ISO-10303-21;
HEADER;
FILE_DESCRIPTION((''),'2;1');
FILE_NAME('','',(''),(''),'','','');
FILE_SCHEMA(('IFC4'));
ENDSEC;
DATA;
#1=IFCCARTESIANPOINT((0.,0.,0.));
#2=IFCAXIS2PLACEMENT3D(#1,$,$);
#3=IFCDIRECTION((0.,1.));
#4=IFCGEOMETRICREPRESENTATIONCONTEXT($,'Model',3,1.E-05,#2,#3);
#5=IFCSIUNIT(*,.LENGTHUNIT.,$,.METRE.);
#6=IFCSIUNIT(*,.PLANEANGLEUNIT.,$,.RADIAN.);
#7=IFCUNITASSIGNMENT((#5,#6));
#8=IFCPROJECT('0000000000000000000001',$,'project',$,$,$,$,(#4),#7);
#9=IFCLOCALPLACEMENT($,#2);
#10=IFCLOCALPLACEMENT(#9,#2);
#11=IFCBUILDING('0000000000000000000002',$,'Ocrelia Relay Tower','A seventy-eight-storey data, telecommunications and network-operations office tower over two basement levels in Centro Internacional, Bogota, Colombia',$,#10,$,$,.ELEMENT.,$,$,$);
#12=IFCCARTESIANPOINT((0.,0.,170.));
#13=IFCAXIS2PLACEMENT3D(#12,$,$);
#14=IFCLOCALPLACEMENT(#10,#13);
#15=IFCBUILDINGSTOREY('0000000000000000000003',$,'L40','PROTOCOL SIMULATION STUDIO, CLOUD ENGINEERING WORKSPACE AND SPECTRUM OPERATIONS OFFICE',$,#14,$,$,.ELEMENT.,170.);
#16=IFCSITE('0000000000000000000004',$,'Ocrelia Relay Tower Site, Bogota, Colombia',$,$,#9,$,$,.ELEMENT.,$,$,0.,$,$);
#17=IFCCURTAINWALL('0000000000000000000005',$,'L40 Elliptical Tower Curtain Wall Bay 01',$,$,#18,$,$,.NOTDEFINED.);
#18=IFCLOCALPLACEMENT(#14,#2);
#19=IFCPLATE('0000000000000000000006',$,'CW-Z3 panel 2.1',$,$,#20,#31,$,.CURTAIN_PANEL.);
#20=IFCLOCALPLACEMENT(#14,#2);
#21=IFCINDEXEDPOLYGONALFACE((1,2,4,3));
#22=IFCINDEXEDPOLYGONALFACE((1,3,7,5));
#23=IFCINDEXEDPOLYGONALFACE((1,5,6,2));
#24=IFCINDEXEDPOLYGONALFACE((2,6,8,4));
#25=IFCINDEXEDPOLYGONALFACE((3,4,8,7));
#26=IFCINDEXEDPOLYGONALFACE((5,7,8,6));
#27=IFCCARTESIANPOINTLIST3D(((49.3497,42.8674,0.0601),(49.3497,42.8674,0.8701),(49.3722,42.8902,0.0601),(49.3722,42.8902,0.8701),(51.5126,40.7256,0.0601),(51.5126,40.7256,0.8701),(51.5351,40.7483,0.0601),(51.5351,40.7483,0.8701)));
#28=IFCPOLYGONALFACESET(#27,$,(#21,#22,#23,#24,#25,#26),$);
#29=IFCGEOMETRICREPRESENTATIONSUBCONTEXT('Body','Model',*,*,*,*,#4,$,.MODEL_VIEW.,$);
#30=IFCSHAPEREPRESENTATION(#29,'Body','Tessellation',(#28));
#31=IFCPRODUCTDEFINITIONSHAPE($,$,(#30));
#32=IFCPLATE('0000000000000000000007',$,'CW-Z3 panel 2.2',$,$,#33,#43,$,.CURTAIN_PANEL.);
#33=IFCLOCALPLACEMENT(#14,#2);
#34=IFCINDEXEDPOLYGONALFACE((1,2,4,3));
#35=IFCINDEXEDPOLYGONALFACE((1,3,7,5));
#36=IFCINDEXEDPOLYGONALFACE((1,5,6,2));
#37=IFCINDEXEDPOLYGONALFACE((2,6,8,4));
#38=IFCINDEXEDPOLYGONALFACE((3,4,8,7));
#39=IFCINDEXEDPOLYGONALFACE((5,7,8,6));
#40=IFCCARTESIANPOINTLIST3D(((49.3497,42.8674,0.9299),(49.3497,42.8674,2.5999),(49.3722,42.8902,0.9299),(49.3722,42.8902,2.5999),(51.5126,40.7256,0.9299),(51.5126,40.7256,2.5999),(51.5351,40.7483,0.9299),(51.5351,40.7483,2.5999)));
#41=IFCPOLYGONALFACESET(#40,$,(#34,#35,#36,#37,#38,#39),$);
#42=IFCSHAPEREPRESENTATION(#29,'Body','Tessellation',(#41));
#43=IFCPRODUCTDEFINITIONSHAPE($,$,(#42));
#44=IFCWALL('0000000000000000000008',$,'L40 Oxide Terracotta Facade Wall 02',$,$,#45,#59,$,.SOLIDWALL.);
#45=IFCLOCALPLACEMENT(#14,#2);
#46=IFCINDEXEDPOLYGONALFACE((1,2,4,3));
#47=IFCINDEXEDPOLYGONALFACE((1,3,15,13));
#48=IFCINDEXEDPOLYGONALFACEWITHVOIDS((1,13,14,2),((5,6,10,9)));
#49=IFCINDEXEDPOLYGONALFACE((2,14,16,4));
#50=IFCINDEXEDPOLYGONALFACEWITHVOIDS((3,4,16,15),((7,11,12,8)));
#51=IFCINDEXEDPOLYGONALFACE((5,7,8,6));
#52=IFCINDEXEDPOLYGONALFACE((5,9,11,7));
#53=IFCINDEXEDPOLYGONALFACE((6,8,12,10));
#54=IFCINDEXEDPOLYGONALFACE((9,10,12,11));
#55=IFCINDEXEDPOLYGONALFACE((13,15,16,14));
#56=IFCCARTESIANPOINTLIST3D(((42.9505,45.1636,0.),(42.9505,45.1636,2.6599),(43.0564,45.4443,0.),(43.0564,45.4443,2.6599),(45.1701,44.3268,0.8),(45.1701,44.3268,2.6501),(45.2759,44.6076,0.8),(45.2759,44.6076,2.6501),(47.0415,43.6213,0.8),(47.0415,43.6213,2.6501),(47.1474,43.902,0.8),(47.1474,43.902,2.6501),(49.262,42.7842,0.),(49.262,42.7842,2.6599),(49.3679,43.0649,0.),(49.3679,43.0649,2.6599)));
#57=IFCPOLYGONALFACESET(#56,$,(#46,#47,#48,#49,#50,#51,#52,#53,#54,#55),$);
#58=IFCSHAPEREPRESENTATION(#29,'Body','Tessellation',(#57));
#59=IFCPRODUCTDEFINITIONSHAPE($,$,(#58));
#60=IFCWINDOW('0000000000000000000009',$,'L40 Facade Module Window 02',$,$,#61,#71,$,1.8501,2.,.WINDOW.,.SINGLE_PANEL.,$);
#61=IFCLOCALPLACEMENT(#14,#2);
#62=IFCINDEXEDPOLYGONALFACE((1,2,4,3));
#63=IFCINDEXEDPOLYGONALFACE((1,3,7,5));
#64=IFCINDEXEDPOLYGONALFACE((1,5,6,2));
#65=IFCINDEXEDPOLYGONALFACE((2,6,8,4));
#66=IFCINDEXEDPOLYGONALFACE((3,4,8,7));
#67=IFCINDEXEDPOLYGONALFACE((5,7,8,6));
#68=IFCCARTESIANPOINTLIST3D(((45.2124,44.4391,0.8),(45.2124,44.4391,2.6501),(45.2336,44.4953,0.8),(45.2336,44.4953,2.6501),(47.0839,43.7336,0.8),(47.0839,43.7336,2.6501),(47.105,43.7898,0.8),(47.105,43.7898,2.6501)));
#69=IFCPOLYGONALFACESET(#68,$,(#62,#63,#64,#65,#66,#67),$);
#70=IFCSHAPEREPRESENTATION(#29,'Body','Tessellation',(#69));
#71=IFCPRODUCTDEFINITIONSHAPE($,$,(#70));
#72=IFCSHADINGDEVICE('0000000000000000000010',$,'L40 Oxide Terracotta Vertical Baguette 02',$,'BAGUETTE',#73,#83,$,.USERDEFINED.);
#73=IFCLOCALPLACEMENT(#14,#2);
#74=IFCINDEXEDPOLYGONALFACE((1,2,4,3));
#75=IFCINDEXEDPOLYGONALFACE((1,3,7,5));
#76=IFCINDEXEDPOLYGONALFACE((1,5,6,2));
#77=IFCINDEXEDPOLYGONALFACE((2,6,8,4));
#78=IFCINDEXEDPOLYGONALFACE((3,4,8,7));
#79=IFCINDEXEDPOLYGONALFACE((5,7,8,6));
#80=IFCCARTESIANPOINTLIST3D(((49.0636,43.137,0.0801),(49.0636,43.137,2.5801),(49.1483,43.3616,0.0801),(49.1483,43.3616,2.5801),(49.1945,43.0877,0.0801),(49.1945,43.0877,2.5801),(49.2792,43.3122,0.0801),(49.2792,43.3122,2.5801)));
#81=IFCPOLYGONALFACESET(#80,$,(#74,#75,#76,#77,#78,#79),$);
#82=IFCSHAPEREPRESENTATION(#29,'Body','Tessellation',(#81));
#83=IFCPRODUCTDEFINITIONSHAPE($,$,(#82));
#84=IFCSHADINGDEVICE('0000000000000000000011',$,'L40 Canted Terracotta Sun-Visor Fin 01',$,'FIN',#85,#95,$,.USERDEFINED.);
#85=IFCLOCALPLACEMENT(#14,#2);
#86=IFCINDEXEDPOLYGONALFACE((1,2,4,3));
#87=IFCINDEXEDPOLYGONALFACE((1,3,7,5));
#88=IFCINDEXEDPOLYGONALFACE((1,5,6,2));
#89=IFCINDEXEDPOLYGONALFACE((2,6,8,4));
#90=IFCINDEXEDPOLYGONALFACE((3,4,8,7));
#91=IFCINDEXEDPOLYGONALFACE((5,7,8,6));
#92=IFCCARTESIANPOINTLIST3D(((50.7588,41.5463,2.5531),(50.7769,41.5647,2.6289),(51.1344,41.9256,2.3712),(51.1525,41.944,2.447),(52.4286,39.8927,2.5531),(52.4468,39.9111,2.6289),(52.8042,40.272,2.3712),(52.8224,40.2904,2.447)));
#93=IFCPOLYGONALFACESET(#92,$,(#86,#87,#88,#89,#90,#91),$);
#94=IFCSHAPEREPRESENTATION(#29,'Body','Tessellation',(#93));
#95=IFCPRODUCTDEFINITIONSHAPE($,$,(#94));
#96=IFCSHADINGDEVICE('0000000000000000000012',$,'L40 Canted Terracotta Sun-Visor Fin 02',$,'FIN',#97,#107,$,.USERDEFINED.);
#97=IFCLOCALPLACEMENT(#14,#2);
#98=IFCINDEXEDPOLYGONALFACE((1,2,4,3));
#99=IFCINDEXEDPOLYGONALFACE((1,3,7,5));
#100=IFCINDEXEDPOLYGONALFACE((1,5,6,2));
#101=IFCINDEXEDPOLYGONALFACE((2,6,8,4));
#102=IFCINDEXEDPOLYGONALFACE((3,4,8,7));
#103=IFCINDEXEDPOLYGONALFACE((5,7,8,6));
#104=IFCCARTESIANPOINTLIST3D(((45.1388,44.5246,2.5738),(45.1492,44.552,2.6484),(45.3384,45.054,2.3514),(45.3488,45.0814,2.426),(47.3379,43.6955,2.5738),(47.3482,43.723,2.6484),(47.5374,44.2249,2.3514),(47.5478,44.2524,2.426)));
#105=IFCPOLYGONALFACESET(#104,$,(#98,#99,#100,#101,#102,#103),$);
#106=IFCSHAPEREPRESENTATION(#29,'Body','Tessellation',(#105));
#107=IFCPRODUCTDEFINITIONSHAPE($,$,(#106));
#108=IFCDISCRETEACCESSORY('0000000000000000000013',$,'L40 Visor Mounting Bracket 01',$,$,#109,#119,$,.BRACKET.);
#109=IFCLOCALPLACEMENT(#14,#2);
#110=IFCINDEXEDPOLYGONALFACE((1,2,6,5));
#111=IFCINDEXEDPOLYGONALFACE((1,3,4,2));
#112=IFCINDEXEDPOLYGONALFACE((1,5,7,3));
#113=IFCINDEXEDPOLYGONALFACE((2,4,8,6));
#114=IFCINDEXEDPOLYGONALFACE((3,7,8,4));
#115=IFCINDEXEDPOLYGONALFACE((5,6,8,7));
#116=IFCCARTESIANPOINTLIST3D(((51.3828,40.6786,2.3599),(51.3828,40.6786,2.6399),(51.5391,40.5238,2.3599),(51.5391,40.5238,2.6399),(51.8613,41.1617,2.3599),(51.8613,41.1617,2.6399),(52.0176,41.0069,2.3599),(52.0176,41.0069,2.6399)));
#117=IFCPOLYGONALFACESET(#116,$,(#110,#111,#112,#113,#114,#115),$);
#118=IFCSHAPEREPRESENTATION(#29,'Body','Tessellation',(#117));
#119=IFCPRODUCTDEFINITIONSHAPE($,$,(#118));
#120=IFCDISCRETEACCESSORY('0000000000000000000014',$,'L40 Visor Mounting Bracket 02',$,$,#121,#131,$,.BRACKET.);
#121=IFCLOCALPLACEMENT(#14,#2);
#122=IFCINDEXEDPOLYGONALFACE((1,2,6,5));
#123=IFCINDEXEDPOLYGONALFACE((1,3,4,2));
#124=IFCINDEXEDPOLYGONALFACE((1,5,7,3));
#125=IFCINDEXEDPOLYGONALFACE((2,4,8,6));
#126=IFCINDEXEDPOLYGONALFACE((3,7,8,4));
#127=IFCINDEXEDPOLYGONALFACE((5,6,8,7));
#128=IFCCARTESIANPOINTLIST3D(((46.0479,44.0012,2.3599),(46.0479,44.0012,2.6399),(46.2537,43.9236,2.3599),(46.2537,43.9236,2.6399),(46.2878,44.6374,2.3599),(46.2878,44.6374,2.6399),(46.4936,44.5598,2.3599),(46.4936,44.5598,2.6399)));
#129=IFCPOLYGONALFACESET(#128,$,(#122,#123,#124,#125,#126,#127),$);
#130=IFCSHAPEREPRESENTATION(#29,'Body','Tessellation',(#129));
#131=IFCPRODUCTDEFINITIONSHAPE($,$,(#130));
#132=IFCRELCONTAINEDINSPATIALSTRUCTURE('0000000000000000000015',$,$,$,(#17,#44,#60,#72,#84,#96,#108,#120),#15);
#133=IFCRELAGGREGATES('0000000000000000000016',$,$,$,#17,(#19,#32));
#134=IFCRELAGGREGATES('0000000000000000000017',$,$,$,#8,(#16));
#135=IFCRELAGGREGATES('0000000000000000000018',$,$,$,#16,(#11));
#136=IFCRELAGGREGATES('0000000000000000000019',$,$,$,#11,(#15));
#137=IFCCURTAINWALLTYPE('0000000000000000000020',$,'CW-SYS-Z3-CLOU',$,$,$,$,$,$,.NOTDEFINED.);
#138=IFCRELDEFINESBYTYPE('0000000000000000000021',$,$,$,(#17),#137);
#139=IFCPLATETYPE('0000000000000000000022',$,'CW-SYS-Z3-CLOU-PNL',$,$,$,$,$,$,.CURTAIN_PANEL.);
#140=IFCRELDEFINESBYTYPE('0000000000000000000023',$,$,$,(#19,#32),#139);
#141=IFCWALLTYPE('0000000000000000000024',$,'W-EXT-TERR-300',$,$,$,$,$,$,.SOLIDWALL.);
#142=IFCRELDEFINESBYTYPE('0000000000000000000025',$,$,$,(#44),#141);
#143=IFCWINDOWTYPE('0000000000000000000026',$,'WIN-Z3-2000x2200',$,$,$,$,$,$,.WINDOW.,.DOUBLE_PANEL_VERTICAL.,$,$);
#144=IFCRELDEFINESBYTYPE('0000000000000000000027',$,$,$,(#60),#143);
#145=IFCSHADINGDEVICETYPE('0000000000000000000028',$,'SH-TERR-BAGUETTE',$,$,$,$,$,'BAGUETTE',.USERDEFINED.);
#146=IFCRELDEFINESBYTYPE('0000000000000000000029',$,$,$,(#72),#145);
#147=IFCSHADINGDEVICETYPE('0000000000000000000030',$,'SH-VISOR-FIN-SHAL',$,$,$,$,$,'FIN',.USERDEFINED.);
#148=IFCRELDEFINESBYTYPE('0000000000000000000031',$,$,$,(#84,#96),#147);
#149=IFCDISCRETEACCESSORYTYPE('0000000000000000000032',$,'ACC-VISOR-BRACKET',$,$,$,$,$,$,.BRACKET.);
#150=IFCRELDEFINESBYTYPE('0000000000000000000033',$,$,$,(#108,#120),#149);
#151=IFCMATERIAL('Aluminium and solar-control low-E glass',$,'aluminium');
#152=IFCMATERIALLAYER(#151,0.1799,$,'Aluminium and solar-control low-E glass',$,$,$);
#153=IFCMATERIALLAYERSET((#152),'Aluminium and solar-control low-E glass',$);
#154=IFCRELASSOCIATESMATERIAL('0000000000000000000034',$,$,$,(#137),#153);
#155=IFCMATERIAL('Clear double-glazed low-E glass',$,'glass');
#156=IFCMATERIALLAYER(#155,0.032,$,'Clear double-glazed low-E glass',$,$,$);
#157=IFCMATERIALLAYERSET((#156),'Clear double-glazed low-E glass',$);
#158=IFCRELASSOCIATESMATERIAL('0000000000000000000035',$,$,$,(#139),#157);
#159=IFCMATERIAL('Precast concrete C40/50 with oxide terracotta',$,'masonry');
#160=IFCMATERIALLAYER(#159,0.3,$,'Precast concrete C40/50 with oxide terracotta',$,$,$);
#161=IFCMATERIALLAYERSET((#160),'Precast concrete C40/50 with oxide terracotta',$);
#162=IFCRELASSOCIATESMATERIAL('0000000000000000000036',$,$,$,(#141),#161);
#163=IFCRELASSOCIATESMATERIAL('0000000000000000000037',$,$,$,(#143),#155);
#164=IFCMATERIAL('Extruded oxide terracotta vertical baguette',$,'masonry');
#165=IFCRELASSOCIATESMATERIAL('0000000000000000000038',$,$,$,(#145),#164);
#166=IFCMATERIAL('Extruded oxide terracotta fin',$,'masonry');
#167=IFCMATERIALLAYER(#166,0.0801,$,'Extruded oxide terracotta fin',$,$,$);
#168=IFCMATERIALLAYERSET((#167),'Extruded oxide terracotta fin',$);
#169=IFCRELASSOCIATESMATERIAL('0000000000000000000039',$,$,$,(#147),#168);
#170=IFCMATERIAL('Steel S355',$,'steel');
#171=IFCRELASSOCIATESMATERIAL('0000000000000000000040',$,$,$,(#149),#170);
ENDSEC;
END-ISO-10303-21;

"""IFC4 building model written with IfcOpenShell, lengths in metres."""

from ifc_helpers import new_model, si_unit, direction, frame, frame_2d, origin, origin_2d, place, context, subcontext, project, spatial, rectangle, extrude, material, layer, layer_set, type_object, element, fill, aggregate, save


model = new_model("IFC4")

# Units and contexts
model_context = context("Model", 3, precision=1e-05, world=origin(), true_north=direction((0.0, 1.0)))
body_context = subcontext(model_context, "Body", "Model", "MODEL_VIEW")
ifc_project = project(units=[si_unit("LENGTHUNIT", "METRE"), si_unit("PLANEANGLEUNIT", "RADIAN")], contexts=[model_context])

# Site, building, storey
site_placement = place(None, origin())
site = spatial("IfcSite", under=ifc_project, at=site_placement, Name="Ocrelia Relay Tower Site, Bogota, Colombia", CompositionType="ELEMENT", RefElevation=0.0)
building_placement = place(site_placement, origin())
building = spatial("IfcBuilding", under=site, at=building_placement, Name="Ocrelia Relay Tower", Description="A seventy-eight-storey data, telecommunications and network-operations office tower over two basement levels in Centro Internacional, Bogota, Colombia", CompositionType="ELEMENT")
storey_placement = place(building_placement, frame((0.0, 0.0, 170.0)))
storey = spatial("IfcBuildingStorey", under=building, at=storey_placement, Name="L40", Description="PROTOCOL SIMULATION STUDIO, CLOUD ENGINEERING WORKSPACE AND SPECTRUM OPERATIONS OFFICE", CompositionType="ELEMENT", Elevation=170.0)

# Curtain wall, plates
ifc_material_1 = material(Name="Aluminium and solar-control low-E glass", Category="aluminium")
ifc_layer_1 = layer(ifc_material_1, 0.1799, Name="Aluminium and solar-control low-E glass")
ifc_layer_set_1 = layer_set([ifc_layer_1], Name="Aluminium and solar-control low-E glass")
curtain_wall_type = type_object("IfcCurtainWallType", Name="CW-SYS-Z3-CLOU", PredefinedType="NOTDEFINED", material=ifc_layer_set_1)
curtain_wall_placement = place(storey_placement, origin())
curtain_wall = element("IfcCurtainWall", 1, at=curtain_wall_placement, inside=storey, type_object=curtain_wall_type, Name="L40 Elliptical Tower Curtain Wall Bay 01", PredefinedType="NOTDEFINED")
ifc_material_2 = material(Name="Clear double-glazed low-E glass", Category="glass")
ifc_layer_2 = layer(ifc_material_2, 0.032, Name="Clear double-glazed low-E glass")
ifc_layer_set_2 = layer_set([ifc_layer_2], Name="Clear double-glazed low-E glass")
plate_type = type_object("IfcPlateType", Name="CW-SYS-Z3-CLOU-PNL", PredefinedType="CURTAIN_PANEL", material=ifc_layer_set_2)
plate_1_placement = place(storey_placement, frame((50.4424, 41.8079, 0.0601), z_axis=(0.0, 0.0, 1.0), x_axis=(-0.710552, 0.703644, 0.0)))
plate_1 = element("IfcPlate", 2, at=plate_1_placement, type_object=plate_type, Name="CW-Z3 panel 2.1", PredefinedType="CURTAIN_PANEL", context=body_context, shape_type="SweptSolid", body=[
    extrude(rectangle(XDim=3.0439, YDim=0.032, at=origin_2d()), origin(), (0.0, 0.0, 1.0), 0.8101),
])
plate_2_placement = place(storey_placement, frame((50.4424, 41.8079, 0.9299), z_axis=(0.0, 0.0, 1.0), x_axis=(-0.710552, 0.703644, 0.0)))
plate_2 = element("IfcPlate", 3, at=plate_2_placement, type_object=plate_type, Name="CW-Z3 panel 2.2", PredefinedType="CURTAIN_PANEL", context=body_context, shape_type="SweptSolid", body=[
    extrude(rectangle(XDim=3.0439, YDim=0.032, at=origin_2d()), origin(), (0.0, 0.0, 1.0), 1.6699),
])
aggregate(curtain_wall, [plate_1, plate_2])

# Wall, opening, window
ifc_material_3 = material(Name="Precast concrete C40/50 with oxide terracotta", Category="masonry")
ifc_layer_3 = layer(ifc_material_3, 0.3, Name="Precast concrete C40/50 with oxide terracotta")
ifc_layer_set_3 = layer_set([ifc_layer_3], Name="Precast concrete C40/50 with oxide terracotta")
wall_type = type_object("IfcWallType", Name="W-EXT-TERR-300", PredefinedType="SOLIDWALL", material=ifc_layer_set_3)
wall_placement = place(storey_placement, frame((49.3149, 42.9246, 0.0), z_axis=(0.0, 0.0, 1.0), x_axis=(-0.935715, 0.352757, 0.0)))
wall = element("IfcWall", 4, at=wall_placement, inside=storey, type_object=wall_type, Name="L40 Oxide Terracotta Facade Wall 02", PredefinedType="SOLIDWALL", context=body_context, shape_type="SweptSolid", body=[
    extrude(rectangle(XDim=6.7451, YDim=0.3, at=frame_2d((3.3726, 0.0))), origin(), (0.0, 0.0, 1.0), 2.6599),
])
opening_placement = place(wall_placement, frame((2.373, 0.0, 0.8)))
opening = element("IfcOpeningElement", 5, at=opening_placement, cuts=wall, PredefinedType="OPENING", context=body_context, shape_type="SweptSolid", body=[
    extrude(rectangle(XDim=2.0, YDim=1.8501, at=frame_2d((1.0, 0.925))), frame((0.0, 0.1602, 0.0), z_axis=(0.0, -1.0, 0.0), x_axis=(1.0, 0.0, 0.0)), (0.0, 0.0, 1.0), 0.3201),
])
window_type = type_object("IfcWindowType", Name="WIN-Z3-2000x2200", PartitioningType="DOUBLE_PANEL_VERTICAL", PredefinedType="WINDOW", material=ifc_material_2)
window_placement = place(opening_placement, origin())
window = element("IfcWindow", 6, at=window_placement, inside=storey, type_object=window_type, Name="L40 Facade Module Window 02", OverallHeight=1.8501, OverallWidth=2.0, PartitioningType="SINGLE_PANEL", PredefinedType="WINDOW", context=body_context, shape_type="SweptSolid", body=[
    extrude(rectangle(XDim=2.0, YDim=1.8501, at=frame_2d((1.0, 0.925))), frame((0.0, 0.03, 0.0), z_axis=(0.0, -1.0, 0.0), x_axis=(1.0, 0.0, 0.0)), (0.0, 0.0, 1.0), 0.0601),
])
fill(opening, window)

# Shading devices
ifc_material_4 = material(Name="Extruded oxide terracotta vertical baguette", Category="masonry")
shading_device_type_1 = type_object("IfcShadingDeviceType", Name="SH-TERR-BAGUETTE", ElementType="BAGUETTE", PredefinedType="USERDEFINED", material=ifc_material_4)
shading_device_1_placement = place(storey_placement, frame((49.1714, 43.2246, 0.0801), z_axis=(0.0, 0.0, 1.0), x_axis=(-0.935712, 0.352764, 0.0)))
element("IfcShadingDevice", 7, at=shading_device_1_placement, inside=storey, type_object=shading_device_type_1, Name="L40 Oxide Terracotta Vertical Baguette 02", ObjectType="BAGUETTE", PredefinedType="USERDEFINED", context=body_context, shape_type="SweptSolid", body=[
    extrude(rectangle(XDim=0.1399, YDim=0.24, at=origin_2d()), origin(), (0.0, 0.0, 1.0), 2.5),
])
ifc_material_5 = material(Name="Extruded oxide terracotta fin", Category="masonry")
ifc_layer_4 = layer(ifc_material_5, 0.0801, Name="Extruded oxide terracotta fin")
ifc_layer_set_4 = layer_set([ifc_layer_4], Name="Extruded oxide terracotta fin")
shading_device_type_2 = type_object("IfcShadingDeviceType", Name="SH-VISOR-FIN-SHAL", ElementType="FIN", PredefinedType="USERDEFINED", material=ifc_layer_set_4)
shading_device_2_placement = place(storey_placement, frame((51.7815, 40.9092, 2.4622), z_axis=(0.226993, 0.229221, 0.946537), x_axis=(-0.710552, 0.703644, 0.0)))
element("IfcShadingDevice", 8, at=shading_device_2_placement, inside=storey, type_object=shading_device_type_2, Name="L40 Canted Terracotta Sun-Visor Fin 01", ObjectType="FIN", PredefinedType="USERDEFINED", context=body_context, shape_type="SweptSolid", body=[
    extrude(rectangle(XDim=2.3501, YDim=0.564, at=origin_2d()), origin(), (0.0, 0.0, 1.0), 0.0801),
])
shading_device_3_placement = place(storey_placement, frame((46.3381, 44.3748, 2.4626), z_axis=(0.129059, 0.342332, 0.930673), x_axis=(-0.935712, 0.352764, 0.0)))
element("IfcShadingDevice", 9, at=shading_device_3_placement, inside=storey, type_object=shading_device_type_2, Name="L40 Canted Terracotta Sun-Visor Fin 02", ObjectType="FIN", PredefinedType="USERDEFINED", context=body_context, shape_type="SweptSolid", body=[
    extrude(rectangle(XDim=2.3501, YDim=0.6079, at=origin_2d()), origin(), (0.0, 0.0, 1.0), 0.0801),
])

# Discrete accessories
ifc_material_6 = material(Name="Steel S355", Category="steel")
discrete_accessory_type = type_object("IfcDiscreteAccessoryType", Name="ACC-VISOR-BRACKET", PredefinedType="BRACKET", material=ifc_material_6)
for number, where, z_axis, x_axis, name in (
    (10, (51.7002, 40.8428, 2.3599), (0.0, 0.0, 1.0), (-0.710552, 0.703644, 0.0), "L40 Visor Mounting Bracket 01"),
    (11, (46.2708, 44.2805, 2.3599), (0.0, 0.0, 1.0), (-0.935712, 0.352764, 0.0), "L40 Visor Mounting Bracket 02"),
):
    element("IfcDiscreteAccessory", number, at=place(storey_placement, frame(where, z_axis=z_axis, x_axis=x_axis)), inside=storey, type_object=discrete_accessory_type, Name=name, PredefinedType="BRACKET", context=body_context, shape_type="SweptSolid", body=[
        extrude(rectangle(XDim=0.22, YDim=0.6799, at=origin_2d()), origin(), (0.0, 0.0, 1.0), 0.28),
    ])

save(model, "model.ifc")
